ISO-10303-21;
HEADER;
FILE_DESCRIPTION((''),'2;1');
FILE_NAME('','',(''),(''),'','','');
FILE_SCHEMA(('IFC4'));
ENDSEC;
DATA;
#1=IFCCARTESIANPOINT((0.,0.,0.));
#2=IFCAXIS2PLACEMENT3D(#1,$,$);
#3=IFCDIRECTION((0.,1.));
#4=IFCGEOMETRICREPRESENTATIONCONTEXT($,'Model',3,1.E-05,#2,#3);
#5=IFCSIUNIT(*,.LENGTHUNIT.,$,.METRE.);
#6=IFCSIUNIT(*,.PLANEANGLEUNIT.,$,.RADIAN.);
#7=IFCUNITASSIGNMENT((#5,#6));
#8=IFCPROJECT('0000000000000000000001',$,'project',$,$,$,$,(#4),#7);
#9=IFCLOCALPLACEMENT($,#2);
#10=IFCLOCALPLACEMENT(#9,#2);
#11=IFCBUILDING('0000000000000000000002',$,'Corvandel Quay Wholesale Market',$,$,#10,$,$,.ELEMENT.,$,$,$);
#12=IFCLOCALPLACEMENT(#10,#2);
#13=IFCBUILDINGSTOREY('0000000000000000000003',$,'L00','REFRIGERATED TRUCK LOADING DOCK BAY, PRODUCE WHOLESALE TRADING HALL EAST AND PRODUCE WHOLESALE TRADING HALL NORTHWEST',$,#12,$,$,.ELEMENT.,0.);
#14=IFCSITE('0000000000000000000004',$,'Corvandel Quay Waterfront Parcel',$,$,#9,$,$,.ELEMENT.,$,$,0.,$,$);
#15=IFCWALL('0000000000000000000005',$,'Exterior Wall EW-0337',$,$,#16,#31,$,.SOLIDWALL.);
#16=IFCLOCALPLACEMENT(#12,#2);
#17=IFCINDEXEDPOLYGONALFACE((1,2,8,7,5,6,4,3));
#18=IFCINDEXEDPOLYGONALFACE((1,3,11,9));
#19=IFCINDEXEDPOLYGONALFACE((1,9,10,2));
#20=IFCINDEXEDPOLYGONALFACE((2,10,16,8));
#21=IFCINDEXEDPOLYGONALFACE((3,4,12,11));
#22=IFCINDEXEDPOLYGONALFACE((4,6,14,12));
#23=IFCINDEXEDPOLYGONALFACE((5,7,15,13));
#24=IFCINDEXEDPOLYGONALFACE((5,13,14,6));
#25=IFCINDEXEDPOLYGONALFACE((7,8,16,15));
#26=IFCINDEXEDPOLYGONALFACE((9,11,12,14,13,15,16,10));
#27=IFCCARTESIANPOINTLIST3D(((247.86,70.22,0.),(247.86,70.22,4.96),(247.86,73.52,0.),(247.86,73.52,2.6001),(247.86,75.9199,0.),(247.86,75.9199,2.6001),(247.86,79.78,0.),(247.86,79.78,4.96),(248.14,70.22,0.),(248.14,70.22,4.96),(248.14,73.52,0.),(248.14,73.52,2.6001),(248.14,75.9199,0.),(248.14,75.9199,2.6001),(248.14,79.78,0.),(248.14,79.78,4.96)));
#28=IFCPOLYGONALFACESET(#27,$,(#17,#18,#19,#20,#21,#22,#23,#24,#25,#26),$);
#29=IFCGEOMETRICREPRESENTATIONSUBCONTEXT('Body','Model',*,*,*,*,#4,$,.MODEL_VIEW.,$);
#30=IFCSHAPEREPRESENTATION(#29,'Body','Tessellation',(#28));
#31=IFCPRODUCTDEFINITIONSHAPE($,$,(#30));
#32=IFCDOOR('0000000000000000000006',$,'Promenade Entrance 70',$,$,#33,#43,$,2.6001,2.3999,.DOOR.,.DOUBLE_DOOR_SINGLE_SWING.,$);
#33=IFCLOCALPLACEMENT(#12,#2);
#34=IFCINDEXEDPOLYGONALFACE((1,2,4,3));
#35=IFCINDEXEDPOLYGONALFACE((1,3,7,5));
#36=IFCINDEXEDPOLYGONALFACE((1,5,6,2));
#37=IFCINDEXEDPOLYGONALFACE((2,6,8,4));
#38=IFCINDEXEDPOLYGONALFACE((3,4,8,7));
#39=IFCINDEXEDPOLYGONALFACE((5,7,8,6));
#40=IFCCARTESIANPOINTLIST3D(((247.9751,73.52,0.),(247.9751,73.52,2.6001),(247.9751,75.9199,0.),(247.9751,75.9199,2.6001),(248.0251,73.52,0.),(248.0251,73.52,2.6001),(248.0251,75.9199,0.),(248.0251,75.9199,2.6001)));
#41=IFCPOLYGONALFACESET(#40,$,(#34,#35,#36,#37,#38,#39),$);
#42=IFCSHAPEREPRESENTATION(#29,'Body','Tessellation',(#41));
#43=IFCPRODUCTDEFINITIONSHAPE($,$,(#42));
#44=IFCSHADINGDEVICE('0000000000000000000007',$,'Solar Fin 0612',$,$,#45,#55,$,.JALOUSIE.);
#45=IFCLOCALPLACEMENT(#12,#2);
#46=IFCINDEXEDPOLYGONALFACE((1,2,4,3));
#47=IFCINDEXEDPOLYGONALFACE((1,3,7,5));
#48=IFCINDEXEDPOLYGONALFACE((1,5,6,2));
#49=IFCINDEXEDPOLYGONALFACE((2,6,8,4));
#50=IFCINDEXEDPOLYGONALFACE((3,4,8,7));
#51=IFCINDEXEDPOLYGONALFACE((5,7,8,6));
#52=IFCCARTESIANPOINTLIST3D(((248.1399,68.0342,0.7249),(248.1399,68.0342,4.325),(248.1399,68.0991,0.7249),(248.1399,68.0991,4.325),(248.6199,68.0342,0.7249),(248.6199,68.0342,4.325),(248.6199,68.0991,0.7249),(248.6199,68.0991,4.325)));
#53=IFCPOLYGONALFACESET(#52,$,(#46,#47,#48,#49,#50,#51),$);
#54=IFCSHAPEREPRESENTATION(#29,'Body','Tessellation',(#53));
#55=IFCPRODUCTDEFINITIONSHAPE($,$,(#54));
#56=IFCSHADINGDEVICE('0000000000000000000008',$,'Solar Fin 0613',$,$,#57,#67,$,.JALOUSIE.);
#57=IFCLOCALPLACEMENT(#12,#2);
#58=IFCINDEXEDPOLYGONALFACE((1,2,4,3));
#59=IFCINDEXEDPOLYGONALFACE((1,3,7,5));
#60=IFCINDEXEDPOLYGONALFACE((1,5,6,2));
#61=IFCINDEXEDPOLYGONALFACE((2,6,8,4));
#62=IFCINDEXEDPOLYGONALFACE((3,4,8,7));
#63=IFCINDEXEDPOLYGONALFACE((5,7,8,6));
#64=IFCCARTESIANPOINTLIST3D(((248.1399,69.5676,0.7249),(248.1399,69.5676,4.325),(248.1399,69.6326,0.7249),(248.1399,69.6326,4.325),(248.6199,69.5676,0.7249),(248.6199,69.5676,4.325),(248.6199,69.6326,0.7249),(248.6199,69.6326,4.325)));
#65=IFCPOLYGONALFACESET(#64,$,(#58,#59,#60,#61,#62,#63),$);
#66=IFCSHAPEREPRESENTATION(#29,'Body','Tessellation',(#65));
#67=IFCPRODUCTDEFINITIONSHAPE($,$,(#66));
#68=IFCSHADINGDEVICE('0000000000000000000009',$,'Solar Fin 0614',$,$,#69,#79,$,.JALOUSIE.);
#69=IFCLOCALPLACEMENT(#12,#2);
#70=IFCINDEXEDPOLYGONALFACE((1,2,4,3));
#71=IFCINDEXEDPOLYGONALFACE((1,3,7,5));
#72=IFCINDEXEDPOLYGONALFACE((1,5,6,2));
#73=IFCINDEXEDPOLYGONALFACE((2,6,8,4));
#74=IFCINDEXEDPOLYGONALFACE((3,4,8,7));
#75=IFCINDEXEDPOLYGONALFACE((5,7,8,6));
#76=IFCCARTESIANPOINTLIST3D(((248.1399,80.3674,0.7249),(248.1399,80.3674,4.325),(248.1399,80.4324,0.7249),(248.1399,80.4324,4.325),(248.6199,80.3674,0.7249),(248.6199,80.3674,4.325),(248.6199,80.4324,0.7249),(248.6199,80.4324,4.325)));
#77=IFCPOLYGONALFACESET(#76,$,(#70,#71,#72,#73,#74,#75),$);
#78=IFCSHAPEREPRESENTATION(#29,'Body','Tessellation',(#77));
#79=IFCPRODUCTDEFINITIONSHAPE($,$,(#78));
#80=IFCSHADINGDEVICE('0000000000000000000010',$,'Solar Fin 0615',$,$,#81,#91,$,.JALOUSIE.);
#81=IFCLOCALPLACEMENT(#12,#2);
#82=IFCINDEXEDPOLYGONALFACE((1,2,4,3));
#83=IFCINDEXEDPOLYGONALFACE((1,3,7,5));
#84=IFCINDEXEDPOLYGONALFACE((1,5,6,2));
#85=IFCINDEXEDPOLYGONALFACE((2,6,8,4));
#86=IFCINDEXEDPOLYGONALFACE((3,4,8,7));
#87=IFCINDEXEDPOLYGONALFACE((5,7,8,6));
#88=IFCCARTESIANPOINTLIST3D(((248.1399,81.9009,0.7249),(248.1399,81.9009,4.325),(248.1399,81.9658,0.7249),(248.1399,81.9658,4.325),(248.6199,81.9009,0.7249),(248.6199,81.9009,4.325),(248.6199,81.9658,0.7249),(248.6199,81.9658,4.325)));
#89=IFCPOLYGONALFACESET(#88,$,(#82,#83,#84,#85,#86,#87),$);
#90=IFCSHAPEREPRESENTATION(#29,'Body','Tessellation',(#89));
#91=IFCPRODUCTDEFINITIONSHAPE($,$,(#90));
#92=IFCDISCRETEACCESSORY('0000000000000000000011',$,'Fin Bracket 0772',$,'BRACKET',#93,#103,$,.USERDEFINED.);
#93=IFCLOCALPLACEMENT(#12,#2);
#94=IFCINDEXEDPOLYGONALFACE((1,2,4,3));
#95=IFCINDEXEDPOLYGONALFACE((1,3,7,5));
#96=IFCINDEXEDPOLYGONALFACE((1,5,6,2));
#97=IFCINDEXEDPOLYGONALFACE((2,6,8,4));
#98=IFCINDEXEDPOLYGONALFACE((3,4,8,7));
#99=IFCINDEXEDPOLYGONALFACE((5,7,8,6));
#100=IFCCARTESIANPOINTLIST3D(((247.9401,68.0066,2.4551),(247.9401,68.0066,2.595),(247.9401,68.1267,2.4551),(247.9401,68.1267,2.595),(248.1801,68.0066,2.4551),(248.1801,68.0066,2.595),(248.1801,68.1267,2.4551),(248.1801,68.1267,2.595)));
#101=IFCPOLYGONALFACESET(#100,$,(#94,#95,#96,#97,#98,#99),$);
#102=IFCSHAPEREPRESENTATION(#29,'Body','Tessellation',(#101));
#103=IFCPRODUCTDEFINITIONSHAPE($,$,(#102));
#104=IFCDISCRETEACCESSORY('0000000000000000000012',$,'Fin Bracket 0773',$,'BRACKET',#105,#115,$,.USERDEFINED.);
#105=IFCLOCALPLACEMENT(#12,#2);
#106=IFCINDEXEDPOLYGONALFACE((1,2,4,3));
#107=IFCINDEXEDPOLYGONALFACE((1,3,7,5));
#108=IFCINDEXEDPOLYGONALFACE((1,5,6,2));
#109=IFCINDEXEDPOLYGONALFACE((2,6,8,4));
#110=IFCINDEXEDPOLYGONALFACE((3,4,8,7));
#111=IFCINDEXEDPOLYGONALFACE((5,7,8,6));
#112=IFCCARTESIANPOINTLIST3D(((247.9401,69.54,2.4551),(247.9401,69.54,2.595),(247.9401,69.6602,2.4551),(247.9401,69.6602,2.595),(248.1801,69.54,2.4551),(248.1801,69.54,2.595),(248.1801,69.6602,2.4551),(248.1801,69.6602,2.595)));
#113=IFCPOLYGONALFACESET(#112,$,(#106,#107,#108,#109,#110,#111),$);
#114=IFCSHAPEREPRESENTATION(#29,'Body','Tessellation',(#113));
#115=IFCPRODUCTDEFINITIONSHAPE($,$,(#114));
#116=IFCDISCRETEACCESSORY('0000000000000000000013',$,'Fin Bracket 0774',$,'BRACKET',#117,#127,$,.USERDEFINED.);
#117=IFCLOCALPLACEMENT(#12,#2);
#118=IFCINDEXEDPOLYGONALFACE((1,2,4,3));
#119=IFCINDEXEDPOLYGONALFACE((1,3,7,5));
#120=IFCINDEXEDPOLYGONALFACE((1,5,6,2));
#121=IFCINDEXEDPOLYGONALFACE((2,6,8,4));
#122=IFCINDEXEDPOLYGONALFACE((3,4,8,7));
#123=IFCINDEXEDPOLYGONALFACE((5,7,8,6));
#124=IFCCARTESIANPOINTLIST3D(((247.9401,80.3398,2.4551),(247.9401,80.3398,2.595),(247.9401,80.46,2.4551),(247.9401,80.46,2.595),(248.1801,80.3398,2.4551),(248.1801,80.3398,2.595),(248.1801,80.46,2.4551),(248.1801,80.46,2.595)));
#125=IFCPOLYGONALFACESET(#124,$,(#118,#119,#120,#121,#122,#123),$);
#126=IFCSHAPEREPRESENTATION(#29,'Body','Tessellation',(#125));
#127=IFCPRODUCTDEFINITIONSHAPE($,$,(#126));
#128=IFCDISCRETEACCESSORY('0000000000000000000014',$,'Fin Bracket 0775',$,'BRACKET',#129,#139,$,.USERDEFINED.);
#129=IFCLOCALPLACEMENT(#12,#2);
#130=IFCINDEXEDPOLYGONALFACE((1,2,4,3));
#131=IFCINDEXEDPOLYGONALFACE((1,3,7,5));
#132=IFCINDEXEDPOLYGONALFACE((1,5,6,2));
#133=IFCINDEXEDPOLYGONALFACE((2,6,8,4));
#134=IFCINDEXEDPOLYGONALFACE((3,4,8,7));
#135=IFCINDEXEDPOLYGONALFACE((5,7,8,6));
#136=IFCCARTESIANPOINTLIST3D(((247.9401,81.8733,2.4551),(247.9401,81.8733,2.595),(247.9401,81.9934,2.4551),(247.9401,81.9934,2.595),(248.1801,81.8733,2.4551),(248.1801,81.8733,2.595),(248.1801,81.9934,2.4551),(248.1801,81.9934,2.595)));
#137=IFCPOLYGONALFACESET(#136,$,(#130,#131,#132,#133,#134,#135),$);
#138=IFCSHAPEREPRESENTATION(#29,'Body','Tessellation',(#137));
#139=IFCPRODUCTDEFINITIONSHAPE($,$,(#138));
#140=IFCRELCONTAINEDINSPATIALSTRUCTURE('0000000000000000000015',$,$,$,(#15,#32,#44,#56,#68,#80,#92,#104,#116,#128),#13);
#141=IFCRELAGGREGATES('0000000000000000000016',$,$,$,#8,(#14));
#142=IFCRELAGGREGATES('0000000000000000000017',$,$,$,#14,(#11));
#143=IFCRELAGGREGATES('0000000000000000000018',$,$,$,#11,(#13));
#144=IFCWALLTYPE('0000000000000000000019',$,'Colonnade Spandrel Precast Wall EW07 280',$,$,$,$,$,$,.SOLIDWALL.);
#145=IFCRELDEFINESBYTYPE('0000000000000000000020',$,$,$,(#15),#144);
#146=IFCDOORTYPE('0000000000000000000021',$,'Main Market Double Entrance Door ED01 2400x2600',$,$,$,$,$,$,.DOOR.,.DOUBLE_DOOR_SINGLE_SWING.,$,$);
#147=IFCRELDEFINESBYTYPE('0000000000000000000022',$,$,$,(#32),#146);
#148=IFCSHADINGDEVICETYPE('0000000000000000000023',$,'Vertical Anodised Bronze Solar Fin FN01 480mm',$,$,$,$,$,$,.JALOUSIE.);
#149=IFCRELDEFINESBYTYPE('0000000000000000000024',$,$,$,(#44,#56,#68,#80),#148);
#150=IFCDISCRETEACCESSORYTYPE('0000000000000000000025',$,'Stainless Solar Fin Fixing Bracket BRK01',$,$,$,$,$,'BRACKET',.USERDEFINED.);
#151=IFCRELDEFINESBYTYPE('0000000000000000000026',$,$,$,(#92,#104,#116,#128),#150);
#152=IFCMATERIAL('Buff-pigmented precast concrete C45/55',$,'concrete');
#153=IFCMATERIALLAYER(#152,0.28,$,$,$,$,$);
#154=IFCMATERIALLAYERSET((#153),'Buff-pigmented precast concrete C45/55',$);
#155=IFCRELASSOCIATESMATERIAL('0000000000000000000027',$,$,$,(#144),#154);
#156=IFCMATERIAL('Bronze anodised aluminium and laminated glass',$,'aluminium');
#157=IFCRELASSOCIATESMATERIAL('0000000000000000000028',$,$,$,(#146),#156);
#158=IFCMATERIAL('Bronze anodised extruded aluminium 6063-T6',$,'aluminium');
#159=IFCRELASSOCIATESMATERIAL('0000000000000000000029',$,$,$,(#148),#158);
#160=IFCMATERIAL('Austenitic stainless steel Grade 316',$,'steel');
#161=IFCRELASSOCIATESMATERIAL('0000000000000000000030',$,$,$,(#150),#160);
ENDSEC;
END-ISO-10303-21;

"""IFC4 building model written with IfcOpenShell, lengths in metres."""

from ifc_helpers import new_model, si_unit, direction, frame, frame_2d, origin, origin_2d, place, context, subcontext, project, spatial, rectangle, extrude, material, layer, layer_set, type_object, element, fill, save


model = new_model("IFC4")

# Units and contexts
model_context = context("Model", 3, precision=1e-05, world=origin(), true_north=direction((0.0, 1.0)))
body_context = subcontext(model_context, "Body", "Model", "MODEL_VIEW")
ifc_project = project(units=[si_unit("LENGTHUNIT", "METRE"), si_unit("PLANEANGLEUNIT", "RADIAN")], contexts=[model_context])

# Site, building, storey
site_placement = place(None, origin())
site = spatial("IfcSite", under=ifc_project, at=site_placement, Name="Corvandel Quay Waterfront Parcel", CompositionType="ELEMENT", RefElevation=0.0)
building_placement = place(site_placement, origin())
building = spatial("IfcBuilding", under=site, at=building_placement, Name="Corvandel Quay Wholesale Market", CompositionType="ELEMENT")
storey_placement = place(building_placement, origin())
storey = spatial("IfcBuildingStorey", under=building, at=storey_placement, Name="L00", Description="REFRIGERATED TRUCK LOADING DOCK BAY, PRODUCE WHOLESALE TRADING HALL EAST AND PRODUCE WHOLESALE TRADING HALL NORTHWEST", CompositionType="ELEMENT", Elevation=0.0)

# Wall, opening, door
ifc_material_1 = material(Name="Buff-pigmented precast concrete C45/55", Category="concrete")
ifc_layer_1 = layer(ifc_material_1, 0.28)
ifc_layer_set_1 = layer_set([ifc_layer_1], Name="Buff-pigmented precast concrete C45/55")
wall_type = type_object("IfcWallType", Name="Colonnade Spandrel Precast Wall EW07 280", PredefinedType="SOLIDWALL", material=ifc_layer_set_1)
wall_placement = place(storey_placement, frame((248.0, 70.22, 0.0), z_axis=(0.0, 0.0, 1.0), x_axis=(0.0, 1.0, 0.0)))
wall = element("IfcWall", 1, at=wall_placement, inside=storey, type_object=wall_type, Name="Exterior Wall EW-0337", PredefinedType="SOLIDWALL", context=body_context, shape_type="SweptSolid", body=[
    extrude(rectangle(XDim=9.5601, YDim=0.28, at=frame_2d((4.78, 0.0))), origin(), (0.0, 0.0, 1.0), 4.96),
])
opening_placement = place(wall_placement, frame((3.3, 0.0, 0.0)))
opening = element("IfcOpeningElement", 2, at=opening_placement, cuts=wall, PredefinedType="OPENING", context=body_context, shape_type="SweptSolid", body=[
    extrude(rectangle(XDim=2.3999, YDim=2.6001, at=frame_2d((1.2, 1.3))), frame((0.0, 0.1499, 0.0), z_axis=(0.0, -1.0, 0.0), x_axis=(1.0, 0.0, 0.0)), (0.0, 0.0, 1.0), 0.3),
])
ifc_material_2 = material(Name="Bronze anodised aluminium and laminated glass", Category="aluminium")
door_type = type_object("IfcDoorType", Name="Main Market Double Entrance Door ED01 2400x2600", OperationType="DOUBLE_DOOR_SINGLE_SWING", PredefinedType="DOOR", material=ifc_material_2)
door_placement = place(opening_placement, origin())
door = element("IfcDoor", 3, at=door_placement, inside=storey, type_object=door_type, Name="Promenade Entrance 70", OperationType="DOUBLE_DOOR_SINGLE_SWING", OverallHeight=2.6001, OverallWidth=2.3999, PredefinedType="DOOR", context=body_context, shape_type="SweptSolid", body=[
    extrude(rectangle(XDim=2.3999, YDim=2.6001, at=frame_2d((1.2, 1.3))), frame((0.0, 0.0249, 0.0), z_axis=(0.0, -1.0, 0.0), x_axis=(1.0, 0.0, 0.0)), (0.0, 0.0, 1.0), 0.05),
])
fill(opening, door)

# Shading devices
ifc_material_3 = material(Name="Bronze anodised extruded aluminium 6063-T6", Category="aluminium")
shading_device_type = type_object("IfcShadingDeviceType", Name="Vertical Anodised Bronze Solar Fin FN01 480mm", PredefinedType="JALOUSIE", material=ifc_material_3)
for number, where, z_axis, x_axis, name in (
    (4, (248.3799, 68.0667, 0.7249), (0.0, 0.0, 1.0), (1.0, 0.0, 0.0), "Solar Fin 0612"),
    (5, (248.3799, 69.6001, 0.7249), (0.0, 0.0, 1.0), (1.0, 0.0, 0.0), "Solar Fin 0613"),
    (6, (248.3799, 80.3999, 0.7249), (0.0, 0.0, 1.0), (1.0, 0.0, 0.0), "Solar Fin 0614"),
    (7, (248.3799, 81.9333, 0.7249), (0.0, 0.0, 1.0), (1.0, 0.0, 0.0), "Solar Fin 0615"),
):
    element("IfcShadingDevice", number, at=place(storey_placement, frame(where, z_axis=z_axis, x_axis=x_axis)), inside=storey, type_object=shading_device_type, Name=name, PredefinedType="JALOUSIE", context=body_context, shape_type="SweptSolid", body=[
        extrude(rectangle(XDim=0.48, YDim=0.0649, at=origin_2d()), origin(), (0.0, 0.0, 1.0), 3.6001),
    ])

# Discrete accessories
ifc_material_4 = material(Name="Austenitic stainless steel Grade 316", Category="steel")
discrete_accessory_type = type_object("IfcDiscreteAccessoryType", Name="Stainless Solar Fin Fixing Bracket BRK01", ElementType="BRACKET", PredefinedType="USERDEFINED", material=ifc_material_4)
for number, where, z_axis, x_axis, name in (
    (8, (248.0601, 68.0667, 2.4551), (0.0, 0.0, 1.0), (1.0, 0.0, 0.0), "Fin Bracket 0772"),
    (9, (248.0601, 69.6001, 2.4551), (0.0, 0.0, 1.0), (1.0, 0.0, 0.0), "Fin Bracket 0773"),
    (10, (248.0601, 80.3999, 2.4551), (0.0, 0.0, 1.0), (1.0, 0.0, 0.0), "Fin Bracket 0774"),
    (11, (248.0601, 81.9333, 2.4551), (0.0, 0.0, 1.0), (1.0, 0.0, 0.0), "Fin Bracket 0775"),
):
    element("IfcDiscreteAccessory", number, at=place(storey_placement, frame(where, z_axis=z_axis, x_axis=x_axis)), inside=storey, type_object=discrete_accessory_type, Name=name, ObjectType="BRACKET", PredefinedType="USERDEFINED", context=body_context, shape_type="SweptSolid", body=[
        extrude(rectangle(XDim=0.24, YDim=0.1201, at=origin_2d()), origin(), (0.0, 0.0, 1.0), 0.1399),
    ])

save(model, "model.ifc")
